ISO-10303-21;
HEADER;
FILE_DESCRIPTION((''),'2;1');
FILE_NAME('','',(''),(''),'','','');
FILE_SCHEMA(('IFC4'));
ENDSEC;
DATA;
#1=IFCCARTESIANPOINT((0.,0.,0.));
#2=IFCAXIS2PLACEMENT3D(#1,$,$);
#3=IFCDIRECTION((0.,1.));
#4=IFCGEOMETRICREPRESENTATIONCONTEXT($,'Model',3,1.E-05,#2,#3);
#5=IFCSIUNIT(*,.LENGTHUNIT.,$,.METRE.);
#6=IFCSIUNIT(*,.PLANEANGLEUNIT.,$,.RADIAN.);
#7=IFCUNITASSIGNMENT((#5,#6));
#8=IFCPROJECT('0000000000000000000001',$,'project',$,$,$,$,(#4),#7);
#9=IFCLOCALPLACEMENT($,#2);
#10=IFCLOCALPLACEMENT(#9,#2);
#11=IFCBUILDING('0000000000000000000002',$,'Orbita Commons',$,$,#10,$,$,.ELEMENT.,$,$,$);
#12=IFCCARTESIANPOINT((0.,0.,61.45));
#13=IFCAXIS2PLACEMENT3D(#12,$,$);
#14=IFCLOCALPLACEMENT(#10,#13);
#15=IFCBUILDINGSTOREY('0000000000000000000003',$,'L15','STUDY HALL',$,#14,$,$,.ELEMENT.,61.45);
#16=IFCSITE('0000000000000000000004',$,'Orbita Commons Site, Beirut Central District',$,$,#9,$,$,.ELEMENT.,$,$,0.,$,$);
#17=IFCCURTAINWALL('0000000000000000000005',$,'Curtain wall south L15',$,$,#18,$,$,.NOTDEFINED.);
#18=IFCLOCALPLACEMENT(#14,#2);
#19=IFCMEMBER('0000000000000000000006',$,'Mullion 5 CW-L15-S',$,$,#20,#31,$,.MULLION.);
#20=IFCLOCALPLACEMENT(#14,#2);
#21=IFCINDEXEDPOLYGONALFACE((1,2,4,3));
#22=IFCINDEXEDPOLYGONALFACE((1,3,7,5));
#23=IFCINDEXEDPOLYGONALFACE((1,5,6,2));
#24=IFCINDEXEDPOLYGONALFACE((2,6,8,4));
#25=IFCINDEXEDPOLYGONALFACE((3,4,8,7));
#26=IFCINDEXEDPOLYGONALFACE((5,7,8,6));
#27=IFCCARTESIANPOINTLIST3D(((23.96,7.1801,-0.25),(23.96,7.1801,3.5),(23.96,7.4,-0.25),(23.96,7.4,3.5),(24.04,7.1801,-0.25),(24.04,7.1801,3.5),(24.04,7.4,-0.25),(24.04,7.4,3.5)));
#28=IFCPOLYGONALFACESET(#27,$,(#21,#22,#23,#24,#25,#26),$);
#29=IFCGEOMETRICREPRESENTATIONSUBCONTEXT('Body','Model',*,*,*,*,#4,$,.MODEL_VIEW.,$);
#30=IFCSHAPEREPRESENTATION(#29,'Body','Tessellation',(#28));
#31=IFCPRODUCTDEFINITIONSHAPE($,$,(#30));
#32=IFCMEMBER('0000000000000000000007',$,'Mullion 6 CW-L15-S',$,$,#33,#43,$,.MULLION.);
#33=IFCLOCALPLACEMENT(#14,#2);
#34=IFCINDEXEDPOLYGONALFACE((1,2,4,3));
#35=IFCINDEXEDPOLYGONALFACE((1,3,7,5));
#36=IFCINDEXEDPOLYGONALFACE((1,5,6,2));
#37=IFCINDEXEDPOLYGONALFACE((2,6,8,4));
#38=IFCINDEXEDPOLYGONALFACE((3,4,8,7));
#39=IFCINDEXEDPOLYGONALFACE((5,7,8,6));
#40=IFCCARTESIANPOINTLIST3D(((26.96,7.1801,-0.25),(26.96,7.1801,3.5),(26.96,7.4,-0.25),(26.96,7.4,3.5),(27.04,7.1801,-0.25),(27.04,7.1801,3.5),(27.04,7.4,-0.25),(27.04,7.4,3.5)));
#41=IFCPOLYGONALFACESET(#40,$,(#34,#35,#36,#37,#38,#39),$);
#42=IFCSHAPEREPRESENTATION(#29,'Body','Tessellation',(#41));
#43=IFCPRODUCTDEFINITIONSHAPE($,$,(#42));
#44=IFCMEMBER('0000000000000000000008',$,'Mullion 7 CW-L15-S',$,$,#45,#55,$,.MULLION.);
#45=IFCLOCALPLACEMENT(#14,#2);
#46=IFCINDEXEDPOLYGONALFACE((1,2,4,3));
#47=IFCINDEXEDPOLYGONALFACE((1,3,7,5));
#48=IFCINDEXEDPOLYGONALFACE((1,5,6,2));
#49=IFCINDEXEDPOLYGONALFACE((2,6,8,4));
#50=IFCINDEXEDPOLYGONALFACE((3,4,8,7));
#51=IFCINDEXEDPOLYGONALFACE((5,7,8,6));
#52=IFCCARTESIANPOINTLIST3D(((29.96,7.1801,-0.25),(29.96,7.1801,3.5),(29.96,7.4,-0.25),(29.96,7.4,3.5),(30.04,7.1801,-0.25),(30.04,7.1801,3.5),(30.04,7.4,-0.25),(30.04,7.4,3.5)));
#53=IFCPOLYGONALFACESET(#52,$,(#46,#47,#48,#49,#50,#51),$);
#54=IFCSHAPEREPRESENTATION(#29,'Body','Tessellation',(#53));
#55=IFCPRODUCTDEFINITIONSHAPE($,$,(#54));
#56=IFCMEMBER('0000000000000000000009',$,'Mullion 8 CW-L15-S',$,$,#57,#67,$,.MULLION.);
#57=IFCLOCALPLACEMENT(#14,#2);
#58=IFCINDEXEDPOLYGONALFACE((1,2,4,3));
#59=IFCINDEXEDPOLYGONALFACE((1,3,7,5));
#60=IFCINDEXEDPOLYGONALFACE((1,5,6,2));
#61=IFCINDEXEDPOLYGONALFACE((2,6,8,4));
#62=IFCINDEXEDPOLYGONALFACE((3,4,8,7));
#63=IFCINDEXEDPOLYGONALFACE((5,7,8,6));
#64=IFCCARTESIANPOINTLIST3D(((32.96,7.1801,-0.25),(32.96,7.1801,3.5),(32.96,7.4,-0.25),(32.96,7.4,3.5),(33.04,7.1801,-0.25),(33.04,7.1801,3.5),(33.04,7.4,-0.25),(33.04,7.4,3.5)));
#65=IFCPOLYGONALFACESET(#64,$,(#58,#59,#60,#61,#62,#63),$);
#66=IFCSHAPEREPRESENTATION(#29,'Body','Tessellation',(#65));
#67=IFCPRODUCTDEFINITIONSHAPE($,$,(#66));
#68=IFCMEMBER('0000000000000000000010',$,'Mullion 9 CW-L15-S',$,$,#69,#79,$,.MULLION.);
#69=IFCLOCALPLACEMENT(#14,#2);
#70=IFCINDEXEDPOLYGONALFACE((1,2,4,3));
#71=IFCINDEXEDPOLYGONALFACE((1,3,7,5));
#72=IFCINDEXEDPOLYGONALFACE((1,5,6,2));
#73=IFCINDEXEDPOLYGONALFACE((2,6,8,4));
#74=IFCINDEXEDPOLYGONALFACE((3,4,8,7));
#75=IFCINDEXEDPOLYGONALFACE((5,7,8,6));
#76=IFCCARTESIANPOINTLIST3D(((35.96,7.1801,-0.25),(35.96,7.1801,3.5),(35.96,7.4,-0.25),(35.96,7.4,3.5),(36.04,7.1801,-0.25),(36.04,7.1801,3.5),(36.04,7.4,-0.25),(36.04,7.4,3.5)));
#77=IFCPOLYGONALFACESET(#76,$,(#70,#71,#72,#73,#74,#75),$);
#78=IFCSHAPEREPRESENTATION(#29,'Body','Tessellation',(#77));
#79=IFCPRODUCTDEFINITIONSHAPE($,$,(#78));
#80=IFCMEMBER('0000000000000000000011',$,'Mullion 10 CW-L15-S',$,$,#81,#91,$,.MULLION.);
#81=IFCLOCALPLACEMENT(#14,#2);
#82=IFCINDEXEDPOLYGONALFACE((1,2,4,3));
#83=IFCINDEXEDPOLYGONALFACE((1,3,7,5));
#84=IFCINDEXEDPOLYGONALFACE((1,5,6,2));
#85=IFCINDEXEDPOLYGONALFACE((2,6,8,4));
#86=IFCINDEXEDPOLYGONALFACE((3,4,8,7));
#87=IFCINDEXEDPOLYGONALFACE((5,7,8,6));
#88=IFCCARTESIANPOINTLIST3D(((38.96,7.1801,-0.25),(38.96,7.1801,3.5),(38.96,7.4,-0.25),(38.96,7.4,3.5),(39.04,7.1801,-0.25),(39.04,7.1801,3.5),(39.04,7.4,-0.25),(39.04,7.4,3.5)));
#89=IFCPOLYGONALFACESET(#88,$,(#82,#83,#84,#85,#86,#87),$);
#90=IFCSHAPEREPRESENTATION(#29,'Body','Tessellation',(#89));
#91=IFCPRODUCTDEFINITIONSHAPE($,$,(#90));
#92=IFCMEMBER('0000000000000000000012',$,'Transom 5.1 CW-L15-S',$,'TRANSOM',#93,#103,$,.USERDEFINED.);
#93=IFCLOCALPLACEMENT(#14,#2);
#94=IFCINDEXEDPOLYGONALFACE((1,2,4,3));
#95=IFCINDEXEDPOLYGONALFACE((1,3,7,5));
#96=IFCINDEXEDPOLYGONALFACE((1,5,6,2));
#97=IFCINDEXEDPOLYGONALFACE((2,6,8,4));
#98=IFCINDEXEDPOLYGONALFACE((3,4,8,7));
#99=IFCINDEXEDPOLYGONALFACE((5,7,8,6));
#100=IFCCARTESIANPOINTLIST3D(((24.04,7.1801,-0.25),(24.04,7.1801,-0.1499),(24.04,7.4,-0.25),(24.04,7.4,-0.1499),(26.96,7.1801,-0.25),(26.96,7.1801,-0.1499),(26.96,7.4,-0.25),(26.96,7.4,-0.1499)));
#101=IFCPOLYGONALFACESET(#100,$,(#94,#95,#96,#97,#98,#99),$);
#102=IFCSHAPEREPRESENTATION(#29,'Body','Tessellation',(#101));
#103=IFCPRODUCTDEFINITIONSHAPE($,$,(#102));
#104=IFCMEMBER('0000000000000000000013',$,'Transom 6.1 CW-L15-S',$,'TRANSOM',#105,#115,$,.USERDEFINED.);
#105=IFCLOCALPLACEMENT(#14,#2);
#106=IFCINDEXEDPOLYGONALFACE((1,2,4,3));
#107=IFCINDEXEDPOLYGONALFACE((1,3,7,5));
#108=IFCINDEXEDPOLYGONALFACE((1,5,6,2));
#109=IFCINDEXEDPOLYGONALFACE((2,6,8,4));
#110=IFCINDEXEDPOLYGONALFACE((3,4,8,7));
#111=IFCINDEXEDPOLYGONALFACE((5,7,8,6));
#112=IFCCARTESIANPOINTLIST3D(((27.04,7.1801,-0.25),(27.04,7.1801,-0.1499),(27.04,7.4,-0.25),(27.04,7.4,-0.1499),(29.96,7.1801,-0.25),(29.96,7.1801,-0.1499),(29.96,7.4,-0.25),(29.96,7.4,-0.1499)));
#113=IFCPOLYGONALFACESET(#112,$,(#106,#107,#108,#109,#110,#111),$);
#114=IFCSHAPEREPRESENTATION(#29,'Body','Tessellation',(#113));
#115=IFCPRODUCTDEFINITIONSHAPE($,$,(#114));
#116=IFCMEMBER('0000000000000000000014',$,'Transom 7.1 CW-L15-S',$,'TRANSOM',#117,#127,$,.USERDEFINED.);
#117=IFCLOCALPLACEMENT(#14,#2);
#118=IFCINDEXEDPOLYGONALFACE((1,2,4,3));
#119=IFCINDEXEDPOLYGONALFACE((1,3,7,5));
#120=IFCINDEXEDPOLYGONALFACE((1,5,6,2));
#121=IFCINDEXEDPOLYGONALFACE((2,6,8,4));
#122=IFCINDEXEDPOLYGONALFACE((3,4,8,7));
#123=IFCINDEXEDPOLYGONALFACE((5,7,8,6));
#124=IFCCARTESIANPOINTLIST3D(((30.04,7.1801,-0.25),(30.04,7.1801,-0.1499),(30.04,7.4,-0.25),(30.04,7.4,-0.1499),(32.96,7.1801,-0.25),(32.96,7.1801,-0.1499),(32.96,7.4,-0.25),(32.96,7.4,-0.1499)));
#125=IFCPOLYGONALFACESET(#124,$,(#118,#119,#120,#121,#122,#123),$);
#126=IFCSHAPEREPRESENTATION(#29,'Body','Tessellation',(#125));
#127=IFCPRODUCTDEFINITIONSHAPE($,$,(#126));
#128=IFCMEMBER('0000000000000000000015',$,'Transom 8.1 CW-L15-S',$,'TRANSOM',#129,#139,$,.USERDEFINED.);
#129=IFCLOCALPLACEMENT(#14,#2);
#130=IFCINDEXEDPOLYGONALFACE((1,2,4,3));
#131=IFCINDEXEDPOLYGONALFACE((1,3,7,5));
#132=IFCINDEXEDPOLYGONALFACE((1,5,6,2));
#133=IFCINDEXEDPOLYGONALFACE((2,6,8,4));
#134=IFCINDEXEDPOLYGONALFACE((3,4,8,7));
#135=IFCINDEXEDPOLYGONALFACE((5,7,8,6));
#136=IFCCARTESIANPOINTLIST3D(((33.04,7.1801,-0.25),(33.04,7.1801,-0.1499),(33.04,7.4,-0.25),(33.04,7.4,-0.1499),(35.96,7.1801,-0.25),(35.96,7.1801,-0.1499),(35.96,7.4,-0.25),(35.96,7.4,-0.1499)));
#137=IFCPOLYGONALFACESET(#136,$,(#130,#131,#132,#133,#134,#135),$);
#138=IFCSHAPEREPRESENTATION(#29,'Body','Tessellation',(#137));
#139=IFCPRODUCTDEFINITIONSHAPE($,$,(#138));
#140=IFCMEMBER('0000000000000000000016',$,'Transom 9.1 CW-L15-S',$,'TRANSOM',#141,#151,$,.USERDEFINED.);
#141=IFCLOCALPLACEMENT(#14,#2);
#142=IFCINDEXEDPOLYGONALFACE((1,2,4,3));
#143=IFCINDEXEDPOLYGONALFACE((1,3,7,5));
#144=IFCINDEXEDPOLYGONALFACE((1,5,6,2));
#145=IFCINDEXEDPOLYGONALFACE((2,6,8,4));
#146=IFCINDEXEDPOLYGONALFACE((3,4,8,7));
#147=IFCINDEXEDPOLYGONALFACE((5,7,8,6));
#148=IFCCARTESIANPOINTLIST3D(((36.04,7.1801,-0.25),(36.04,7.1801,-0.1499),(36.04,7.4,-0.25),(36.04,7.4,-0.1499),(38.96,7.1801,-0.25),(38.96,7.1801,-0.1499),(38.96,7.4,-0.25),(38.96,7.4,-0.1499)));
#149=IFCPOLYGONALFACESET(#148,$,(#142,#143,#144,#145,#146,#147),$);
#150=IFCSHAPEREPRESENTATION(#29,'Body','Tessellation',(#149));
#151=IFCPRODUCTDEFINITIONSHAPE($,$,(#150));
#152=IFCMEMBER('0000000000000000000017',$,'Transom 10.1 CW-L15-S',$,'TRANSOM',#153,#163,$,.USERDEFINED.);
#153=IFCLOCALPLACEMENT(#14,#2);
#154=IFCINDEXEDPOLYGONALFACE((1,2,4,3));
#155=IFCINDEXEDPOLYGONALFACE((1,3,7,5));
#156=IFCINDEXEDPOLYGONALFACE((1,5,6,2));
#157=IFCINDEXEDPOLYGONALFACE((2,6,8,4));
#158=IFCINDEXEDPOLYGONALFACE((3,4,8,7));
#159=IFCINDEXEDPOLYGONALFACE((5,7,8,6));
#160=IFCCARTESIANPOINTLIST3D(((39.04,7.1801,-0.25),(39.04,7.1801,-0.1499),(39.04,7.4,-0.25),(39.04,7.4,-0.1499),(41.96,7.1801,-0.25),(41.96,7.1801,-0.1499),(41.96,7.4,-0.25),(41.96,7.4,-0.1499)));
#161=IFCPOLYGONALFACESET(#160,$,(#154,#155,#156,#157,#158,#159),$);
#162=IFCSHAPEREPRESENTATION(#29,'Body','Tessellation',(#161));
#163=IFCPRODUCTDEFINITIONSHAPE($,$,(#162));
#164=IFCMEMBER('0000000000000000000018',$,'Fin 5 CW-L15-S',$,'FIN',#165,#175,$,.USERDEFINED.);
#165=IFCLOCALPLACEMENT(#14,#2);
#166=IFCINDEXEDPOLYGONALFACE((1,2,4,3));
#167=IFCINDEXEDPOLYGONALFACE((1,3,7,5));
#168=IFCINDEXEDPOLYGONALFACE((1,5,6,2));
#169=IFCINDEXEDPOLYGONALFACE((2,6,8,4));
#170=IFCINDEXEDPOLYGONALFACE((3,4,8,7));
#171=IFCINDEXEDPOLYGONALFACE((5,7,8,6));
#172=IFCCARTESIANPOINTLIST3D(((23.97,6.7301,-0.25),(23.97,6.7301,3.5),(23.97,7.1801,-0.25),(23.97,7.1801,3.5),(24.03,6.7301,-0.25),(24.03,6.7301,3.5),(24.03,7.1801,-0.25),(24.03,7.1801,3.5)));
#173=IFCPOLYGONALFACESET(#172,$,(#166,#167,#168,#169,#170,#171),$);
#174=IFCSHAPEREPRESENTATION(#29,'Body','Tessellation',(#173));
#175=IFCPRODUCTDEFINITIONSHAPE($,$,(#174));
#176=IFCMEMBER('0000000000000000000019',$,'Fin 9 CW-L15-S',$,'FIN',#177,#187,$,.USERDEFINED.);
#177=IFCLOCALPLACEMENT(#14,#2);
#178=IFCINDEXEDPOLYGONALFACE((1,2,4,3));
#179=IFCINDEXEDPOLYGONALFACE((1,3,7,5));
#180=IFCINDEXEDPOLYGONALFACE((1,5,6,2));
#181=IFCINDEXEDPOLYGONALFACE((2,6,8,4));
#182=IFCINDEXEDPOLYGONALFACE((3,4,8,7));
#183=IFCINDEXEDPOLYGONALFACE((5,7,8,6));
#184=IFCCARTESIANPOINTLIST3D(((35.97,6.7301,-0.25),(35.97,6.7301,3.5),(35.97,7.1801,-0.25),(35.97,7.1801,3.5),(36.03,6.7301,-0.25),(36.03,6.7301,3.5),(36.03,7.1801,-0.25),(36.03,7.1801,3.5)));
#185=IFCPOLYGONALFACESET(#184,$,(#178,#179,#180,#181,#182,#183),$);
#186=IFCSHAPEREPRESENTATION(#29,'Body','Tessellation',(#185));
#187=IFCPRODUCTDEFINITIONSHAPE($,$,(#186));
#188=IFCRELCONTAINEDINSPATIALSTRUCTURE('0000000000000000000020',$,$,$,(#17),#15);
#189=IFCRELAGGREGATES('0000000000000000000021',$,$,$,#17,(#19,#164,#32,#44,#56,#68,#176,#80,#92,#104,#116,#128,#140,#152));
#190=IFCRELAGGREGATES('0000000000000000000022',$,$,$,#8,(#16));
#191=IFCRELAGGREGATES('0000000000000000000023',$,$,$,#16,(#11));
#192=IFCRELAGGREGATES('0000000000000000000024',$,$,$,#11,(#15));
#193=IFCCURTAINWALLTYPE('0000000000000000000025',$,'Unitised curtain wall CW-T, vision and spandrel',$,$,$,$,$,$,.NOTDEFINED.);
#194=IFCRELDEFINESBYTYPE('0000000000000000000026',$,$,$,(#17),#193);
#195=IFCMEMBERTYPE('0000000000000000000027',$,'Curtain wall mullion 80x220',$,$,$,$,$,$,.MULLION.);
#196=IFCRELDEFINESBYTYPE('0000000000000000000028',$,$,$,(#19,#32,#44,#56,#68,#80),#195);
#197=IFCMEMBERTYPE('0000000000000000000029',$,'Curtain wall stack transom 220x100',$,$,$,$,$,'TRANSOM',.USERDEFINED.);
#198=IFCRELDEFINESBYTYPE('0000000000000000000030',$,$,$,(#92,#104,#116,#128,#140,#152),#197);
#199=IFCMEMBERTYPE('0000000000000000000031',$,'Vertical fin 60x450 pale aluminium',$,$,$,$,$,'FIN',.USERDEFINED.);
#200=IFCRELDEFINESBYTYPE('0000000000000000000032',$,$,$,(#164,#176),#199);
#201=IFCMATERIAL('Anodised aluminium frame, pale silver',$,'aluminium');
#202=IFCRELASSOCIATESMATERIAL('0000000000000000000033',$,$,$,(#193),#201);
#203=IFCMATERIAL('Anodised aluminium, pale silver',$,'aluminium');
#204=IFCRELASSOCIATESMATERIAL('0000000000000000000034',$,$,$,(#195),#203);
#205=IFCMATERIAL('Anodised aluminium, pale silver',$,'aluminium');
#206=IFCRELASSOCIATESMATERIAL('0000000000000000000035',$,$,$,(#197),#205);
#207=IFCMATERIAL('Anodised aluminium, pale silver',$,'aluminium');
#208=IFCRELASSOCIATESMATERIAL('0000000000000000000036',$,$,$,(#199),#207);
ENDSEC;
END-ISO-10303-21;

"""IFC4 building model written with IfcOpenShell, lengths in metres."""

from ifc_helpers import new_model, si_unit, direction, frame, origin, origin_2d, place, context, subcontext, project, spatial, rectangle, extrude, material, material_profile, profile_set, type_object, element, aggregate, save


model = new_model("IFC4")

# Units and contexts
model_context = context("Model", 3, precision=1e-05, world=origin(), true_north=direction((0.0, 1.0)))
body_context = subcontext(model_context, "Body", "Model", "MODEL_VIEW")
ifc_project = project(units=[si_unit("LENGTHUNIT", "METRE"), si_unit("PLANEANGLEUNIT", "RADIAN")], contexts=[model_context])

# Site, building, storey
site_placement = place(None, origin())
site = spatial("IfcSite", under=ifc_project, at=site_placement, Name="Orbita Commons Site, Beirut Central District", CompositionType="ELEMENT", RefElevation=0.0)
building_placement = place(site_placement, origin())
building = spatial("IfcBuilding", under=site, at=building_placement, Name="Orbita Commons", CompositionType="ELEMENT")
storey_placement = place(building_placement, frame((0.0, 0.0, 61.45)))
storey = spatial("IfcBuildingStorey", under=building, at=storey_placement, Name="L15", Description="STUDY HALL", CompositionType="ELEMENT", Elevation=61.45)

# Curtain wall, members
ifc_material_1 = material(Name="Anodised aluminium frame, pale silver", Category="aluminium")
curtain_wall_type = type_object("IfcCurtainWallType", Name="Unitised curtain wall CW-T, vision and spandrel", PredefinedType="NOTDEFINED", material=ifc_material_1)
curtain_wall_placement = place(storey_placement, origin())
curtain_wall = element("IfcCurtainWall", 1, at=curtain_wall_placement, inside=storey, type_object=curtain_wall_type, Name="Curtain wall south L15", PredefinedType="NOTDEFINED")
ifc_material_2 = material(Name="Anodised aluminium, pale silver", Category="aluminium")
ifc_material_profile_1 = material_profile(ifc_material_2, rectangle(XDim=0.0801, YDim=0.22, at=origin_2d()), Name="AL 80x220")
ifc_profile_set_1 = profile_set([ifc_material_profile_1], Name="Anodised aluminium, pale silver")
member_type_1 = type_object("IfcMemberType", Name="Curtain wall mullion 80x220", PredefinedType="MULLION", material=ifc_profile_set_1)
member_1_placement = place(storey_placement, frame((24.0, 7.29, -0.25), z_axis=(0.0, 0.0, 1.0), x_axis=(1.0, 0.0, 0.0)))
member_1 = element("IfcMember", 2, at=member_1_placement, type_object=member_type_1, Name="Mullion 5 CW-L15-S", PredefinedType="MULLION", context=body_context, shape_type="SweptSolid", body=[
    extrude(rectangle(XDim=0.0801, YDim=0.22, at=origin_2d()), origin(), (0.0, 0.0, 1.0), 3.75),
])
member_2_placement = place(storey_placement, frame((27.0, 7.29, -0.25), z_axis=(0.0, 0.0, 1.0), x_axis=(1.0, 0.0, 0.0)))
member_2 = element("IfcMember", 3, at=member_2_placement, type_object=member_type_1, Name="Mullion 6 CW-L15-S", PredefinedType="MULLION", context=body_context, shape_type="SweptSolid", body=[
    extrude(rectangle(XDim=0.0801, YDim=0.22, at=origin_2d()), origin(), (0.0, 0.0, 1.0), 3.75),
])
member_3_placement = place(storey_placement, frame((30.0, 7.29, -0.25), z_axis=(0.0, 0.0, 1.0), x_axis=(1.0, 0.0, 0.0)))
member_3 = element("IfcMember", 4, at=member_3_placement, type_object=member_type_1, Name="Mullion 7 CW-L15-S", PredefinedType="MULLION", context=body_context, shape_type="SweptSolid", body=[
    extrude(rectangle(XDim=0.0801, YDim=0.22, at=origin_2d()), origin(), (0.0, 0.0, 1.0), 3.75),
])
member_4_placement = place(storey_placement, frame((33.0, 7.29, -0.25), z_axis=(0.0, 0.0, 1.0), x_axis=(1.0, 0.0, 0.0)))
member_4 = element("IfcMember", 5, at=member_4_placement, type_object=member_type_1, Name="Mullion 8 CW-L15-S", PredefinedType="MULLION", context=body_context, shape_type="SweptSolid", body=[
    extrude(rectangle(XDim=0.0801, YDim=0.22, at=origin_2d()), origin(), (0.0, 0.0, 1.0), 3.75),
])
member_5_placement = place(storey_placement, frame((36.0, 7.29, -0.25), z_axis=(0.0, 0.0, 1.0), x_axis=(1.0, 0.0, 0.0)))
member_5 = element("IfcMember", 6, at=member_5_placement, type_object=member_type_1, Name="Mullion 9 CW-L15-S", PredefinedType="MULLION", context=body_context, shape_type="SweptSolid", body=[
    extrude(rectangle(XDim=0.0801, YDim=0.22, at=origin_2d()), origin(), (0.0, 0.0, 1.0), 3.75),
])
member_6_placement = place(storey_placement, frame((39.0, 7.29, -0.25), z_axis=(0.0, 0.0, 1.0), x_axis=(1.0, 0.0, 0.0)))
member_6 = element("IfcMember", 7, at=member_6_placement, type_object=member_type_1, Name="Mullion 10 CW-L15-S", PredefinedType="MULLION", context=body_context, shape_type="SweptSolid", body=[
    extrude(rectangle(XDim=0.0801, YDim=0.22, at=origin_2d()), origin(), (0.0, 0.0, 1.0), 3.75),
])
ifc_material_3 = material(Name="Anodised aluminium, pale silver", Category="aluminium")
ifc_material_profile_2 = material_profile(ifc_material_3, rectangle(XDim=0.22, YDim=0.1001, at=origin_2d()), Name="AL 220x100")
ifc_profile_set_2 = profile_set([ifc_material_profile_2], Name="Anodised aluminium, pale silver")
member_type_2 = type_object("IfcMemberType", Name="Curtain wall stack transom 220x100", ElementType="TRANSOM", PredefinedType="USERDEFINED", material=ifc_profile_set_2)
member_7_placement = place(storey_placement, frame((24.04, 7.29, -0.2), z_axis=(1.0, 0.0, 0.0), x_axis=(0.0, 1.0, 0.0)))
member_7 = element("IfcMember", 8, at=member_7_placement, type_object=member_type_2, Name="Transom 5.1 CW-L15-S", ObjectType="TRANSOM", PredefinedType="USERDEFINED", context=body_context, shape_type="SweptSolid", body=[
    extrude(rectangle(XDim=0.22, YDim=0.1001, at=origin_2d()), origin(), (0.0, 0.0, 1.0), 2.9199),
])
member_8_placement = place(storey_placement, frame((27.04, 7.29, -0.2), z_axis=(1.0, 0.0, 0.0), x_axis=(0.0, 1.0, 0.0)))
member_8 = element("IfcMember", 9, at=member_8_placement, type_object=member_type_2, Name="Transom 6.1 CW-L15-S", ObjectType="TRANSOM", PredefinedType="USERDEFINED", context=body_context, shape_type="SweptSolid", body=[
    extrude(rectangle(XDim=0.22, YDim=0.1001, at=origin_2d()), origin(), (0.0, 0.0, 1.0), 2.9199),
])
member_9_placement = place(storey_placement, frame((30.04, 7.29, -0.2), z_axis=(1.0, 0.0, 0.0), x_axis=(0.0, 1.0, 0.0)))
member_9 = element("IfcMember", 10, at=member_9_placement, type_object=member_type_2, Name="Transom 7.1 CW-L15-S", ObjectType="TRANSOM", PredefinedType="USERDEFINED", context=body_context, shape_type="SweptSolid", body=[
    extrude(rectangle(XDim=0.22, YDim=0.1001, at=origin_2d()), origin(), (0.0, 0.0, 1.0), 2.9199),
])
member_10_placement = place(storey_placement, frame((33.04, 7.29, -0.2), z_axis=(1.0, 0.0, 0.0), x_axis=(0.0, 1.0, 0.0)))
member_10 = element("IfcMember", 11, at=member_10_placement, type_object=member_type_2, Name="Transom 8.1 CW-L15-S", ObjectType="TRANSOM", PredefinedType="USERDEFINED", context=body_context, shape_type="SweptSolid", body=[
    extrude(rectangle(XDim=0.22, YDim=0.1001, at=origin_2d()), origin(), (0.0, 0.0, 1.0), 2.9199),
])
member_11_placement = place(storey_placement, frame((36.04, 7.29, -0.2), z_axis=(1.0, 0.0, 0.0), x_axis=(0.0, 1.0, 0.0)))
member_11 = element("IfcMember", 12, at=member_11_placement, type_object=member_type_2, Name="Transom 9.1 CW-L15-S", ObjectType="TRANSOM", PredefinedType="USERDEFINED", context=body_context, shape_type="SweptSolid", body=[
    extrude(rectangle(XDim=0.22, YDim=0.1001, at=origin_2d()), origin(), (0.0, 0.0, 1.0), 2.9199),
])
member_12_placement = place(storey_placement, frame((39.04, 7.29, -0.2), z_axis=(1.0, 0.0, 0.0), x_axis=(0.0, 1.0, 0.0)))
member_12 = element("IfcMember", 13, at=member_12_placement, type_object=member_type_2, Name="Transom 10.1 CW-L15-S", ObjectType="TRANSOM", PredefinedType="USERDEFINED", context=body_context, shape_type="SweptSolid", body=[
    extrude(rectangle(XDim=0.22, YDim=0.1001, at=origin_2d()), origin(), (0.0, 0.0, 1.0), 2.9199),
])
ifc_material_4 = material(Name="Anodised aluminium, pale silver", Category="aluminium")
ifc_material_profile_3 = material_profile(ifc_material_4, rectangle(XDim=0.0601, YDim=0.45, at=origin_2d()), Name="FIN 60x450")
ifc_profile_set_3 = profile_set([ifc_material_profile_3], Name="Anodised aluminium, pale silver")
member_type_3 = type_object("IfcMemberType", Name="Vertical fin 60x450 pale aluminium", ElementType="FIN", PredefinedType="USERDEFINED", material=ifc_profile_set_3)
member_13_placement = place(storey_placement, frame((24.0, 6.9551, -0.25), z_axis=(0.0, 0.0, 1.0), x_axis=(1.0, 0.0, 0.0)))
member_13 = element("IfcMember", 14, at=member_13_placement, type_object=member_type_3, Name="Fin 5 CW-L15-S", ObjectType="FIN", PredefinedType="USERDEFINED", context=body_context, shape_type="SweptSolid", body=[
    extrude(rectangle(XDim=0.0601, YDim=0.45, at=origin_2d()), origin(), (0.0, 0.0, 1.0), 3.75),
])
member_14_placement = place(storey_placement, frame((36.0, 6.9551, -0.25), z_axis=(0.0, 0.0, 1.0), x_axis=(1.0, 0.0, 0.0)))
member_14 = element("IfcMember", 15, at=member_14_placement, type_object=member_type_3, Name="Fin 9 CW-L15-S", ObjectType="FIN", PredefinedType="USERDEFINED", context=body_context, shape_type="SweptSolid", body=[
    extrude(rectangle(XDim=0.0601, YDim=0.45, at=origin_2d()), origin(), (0.0, 0.0, 1.0), 3.75),
])
aggregate(curtain_wall, [member_1, member_13, member_2, member_3, member_4, member_5, member_14, member_6, member_7, member_8, member_9, member_10, member_11, member_12])

save(model, "model.ifc")
